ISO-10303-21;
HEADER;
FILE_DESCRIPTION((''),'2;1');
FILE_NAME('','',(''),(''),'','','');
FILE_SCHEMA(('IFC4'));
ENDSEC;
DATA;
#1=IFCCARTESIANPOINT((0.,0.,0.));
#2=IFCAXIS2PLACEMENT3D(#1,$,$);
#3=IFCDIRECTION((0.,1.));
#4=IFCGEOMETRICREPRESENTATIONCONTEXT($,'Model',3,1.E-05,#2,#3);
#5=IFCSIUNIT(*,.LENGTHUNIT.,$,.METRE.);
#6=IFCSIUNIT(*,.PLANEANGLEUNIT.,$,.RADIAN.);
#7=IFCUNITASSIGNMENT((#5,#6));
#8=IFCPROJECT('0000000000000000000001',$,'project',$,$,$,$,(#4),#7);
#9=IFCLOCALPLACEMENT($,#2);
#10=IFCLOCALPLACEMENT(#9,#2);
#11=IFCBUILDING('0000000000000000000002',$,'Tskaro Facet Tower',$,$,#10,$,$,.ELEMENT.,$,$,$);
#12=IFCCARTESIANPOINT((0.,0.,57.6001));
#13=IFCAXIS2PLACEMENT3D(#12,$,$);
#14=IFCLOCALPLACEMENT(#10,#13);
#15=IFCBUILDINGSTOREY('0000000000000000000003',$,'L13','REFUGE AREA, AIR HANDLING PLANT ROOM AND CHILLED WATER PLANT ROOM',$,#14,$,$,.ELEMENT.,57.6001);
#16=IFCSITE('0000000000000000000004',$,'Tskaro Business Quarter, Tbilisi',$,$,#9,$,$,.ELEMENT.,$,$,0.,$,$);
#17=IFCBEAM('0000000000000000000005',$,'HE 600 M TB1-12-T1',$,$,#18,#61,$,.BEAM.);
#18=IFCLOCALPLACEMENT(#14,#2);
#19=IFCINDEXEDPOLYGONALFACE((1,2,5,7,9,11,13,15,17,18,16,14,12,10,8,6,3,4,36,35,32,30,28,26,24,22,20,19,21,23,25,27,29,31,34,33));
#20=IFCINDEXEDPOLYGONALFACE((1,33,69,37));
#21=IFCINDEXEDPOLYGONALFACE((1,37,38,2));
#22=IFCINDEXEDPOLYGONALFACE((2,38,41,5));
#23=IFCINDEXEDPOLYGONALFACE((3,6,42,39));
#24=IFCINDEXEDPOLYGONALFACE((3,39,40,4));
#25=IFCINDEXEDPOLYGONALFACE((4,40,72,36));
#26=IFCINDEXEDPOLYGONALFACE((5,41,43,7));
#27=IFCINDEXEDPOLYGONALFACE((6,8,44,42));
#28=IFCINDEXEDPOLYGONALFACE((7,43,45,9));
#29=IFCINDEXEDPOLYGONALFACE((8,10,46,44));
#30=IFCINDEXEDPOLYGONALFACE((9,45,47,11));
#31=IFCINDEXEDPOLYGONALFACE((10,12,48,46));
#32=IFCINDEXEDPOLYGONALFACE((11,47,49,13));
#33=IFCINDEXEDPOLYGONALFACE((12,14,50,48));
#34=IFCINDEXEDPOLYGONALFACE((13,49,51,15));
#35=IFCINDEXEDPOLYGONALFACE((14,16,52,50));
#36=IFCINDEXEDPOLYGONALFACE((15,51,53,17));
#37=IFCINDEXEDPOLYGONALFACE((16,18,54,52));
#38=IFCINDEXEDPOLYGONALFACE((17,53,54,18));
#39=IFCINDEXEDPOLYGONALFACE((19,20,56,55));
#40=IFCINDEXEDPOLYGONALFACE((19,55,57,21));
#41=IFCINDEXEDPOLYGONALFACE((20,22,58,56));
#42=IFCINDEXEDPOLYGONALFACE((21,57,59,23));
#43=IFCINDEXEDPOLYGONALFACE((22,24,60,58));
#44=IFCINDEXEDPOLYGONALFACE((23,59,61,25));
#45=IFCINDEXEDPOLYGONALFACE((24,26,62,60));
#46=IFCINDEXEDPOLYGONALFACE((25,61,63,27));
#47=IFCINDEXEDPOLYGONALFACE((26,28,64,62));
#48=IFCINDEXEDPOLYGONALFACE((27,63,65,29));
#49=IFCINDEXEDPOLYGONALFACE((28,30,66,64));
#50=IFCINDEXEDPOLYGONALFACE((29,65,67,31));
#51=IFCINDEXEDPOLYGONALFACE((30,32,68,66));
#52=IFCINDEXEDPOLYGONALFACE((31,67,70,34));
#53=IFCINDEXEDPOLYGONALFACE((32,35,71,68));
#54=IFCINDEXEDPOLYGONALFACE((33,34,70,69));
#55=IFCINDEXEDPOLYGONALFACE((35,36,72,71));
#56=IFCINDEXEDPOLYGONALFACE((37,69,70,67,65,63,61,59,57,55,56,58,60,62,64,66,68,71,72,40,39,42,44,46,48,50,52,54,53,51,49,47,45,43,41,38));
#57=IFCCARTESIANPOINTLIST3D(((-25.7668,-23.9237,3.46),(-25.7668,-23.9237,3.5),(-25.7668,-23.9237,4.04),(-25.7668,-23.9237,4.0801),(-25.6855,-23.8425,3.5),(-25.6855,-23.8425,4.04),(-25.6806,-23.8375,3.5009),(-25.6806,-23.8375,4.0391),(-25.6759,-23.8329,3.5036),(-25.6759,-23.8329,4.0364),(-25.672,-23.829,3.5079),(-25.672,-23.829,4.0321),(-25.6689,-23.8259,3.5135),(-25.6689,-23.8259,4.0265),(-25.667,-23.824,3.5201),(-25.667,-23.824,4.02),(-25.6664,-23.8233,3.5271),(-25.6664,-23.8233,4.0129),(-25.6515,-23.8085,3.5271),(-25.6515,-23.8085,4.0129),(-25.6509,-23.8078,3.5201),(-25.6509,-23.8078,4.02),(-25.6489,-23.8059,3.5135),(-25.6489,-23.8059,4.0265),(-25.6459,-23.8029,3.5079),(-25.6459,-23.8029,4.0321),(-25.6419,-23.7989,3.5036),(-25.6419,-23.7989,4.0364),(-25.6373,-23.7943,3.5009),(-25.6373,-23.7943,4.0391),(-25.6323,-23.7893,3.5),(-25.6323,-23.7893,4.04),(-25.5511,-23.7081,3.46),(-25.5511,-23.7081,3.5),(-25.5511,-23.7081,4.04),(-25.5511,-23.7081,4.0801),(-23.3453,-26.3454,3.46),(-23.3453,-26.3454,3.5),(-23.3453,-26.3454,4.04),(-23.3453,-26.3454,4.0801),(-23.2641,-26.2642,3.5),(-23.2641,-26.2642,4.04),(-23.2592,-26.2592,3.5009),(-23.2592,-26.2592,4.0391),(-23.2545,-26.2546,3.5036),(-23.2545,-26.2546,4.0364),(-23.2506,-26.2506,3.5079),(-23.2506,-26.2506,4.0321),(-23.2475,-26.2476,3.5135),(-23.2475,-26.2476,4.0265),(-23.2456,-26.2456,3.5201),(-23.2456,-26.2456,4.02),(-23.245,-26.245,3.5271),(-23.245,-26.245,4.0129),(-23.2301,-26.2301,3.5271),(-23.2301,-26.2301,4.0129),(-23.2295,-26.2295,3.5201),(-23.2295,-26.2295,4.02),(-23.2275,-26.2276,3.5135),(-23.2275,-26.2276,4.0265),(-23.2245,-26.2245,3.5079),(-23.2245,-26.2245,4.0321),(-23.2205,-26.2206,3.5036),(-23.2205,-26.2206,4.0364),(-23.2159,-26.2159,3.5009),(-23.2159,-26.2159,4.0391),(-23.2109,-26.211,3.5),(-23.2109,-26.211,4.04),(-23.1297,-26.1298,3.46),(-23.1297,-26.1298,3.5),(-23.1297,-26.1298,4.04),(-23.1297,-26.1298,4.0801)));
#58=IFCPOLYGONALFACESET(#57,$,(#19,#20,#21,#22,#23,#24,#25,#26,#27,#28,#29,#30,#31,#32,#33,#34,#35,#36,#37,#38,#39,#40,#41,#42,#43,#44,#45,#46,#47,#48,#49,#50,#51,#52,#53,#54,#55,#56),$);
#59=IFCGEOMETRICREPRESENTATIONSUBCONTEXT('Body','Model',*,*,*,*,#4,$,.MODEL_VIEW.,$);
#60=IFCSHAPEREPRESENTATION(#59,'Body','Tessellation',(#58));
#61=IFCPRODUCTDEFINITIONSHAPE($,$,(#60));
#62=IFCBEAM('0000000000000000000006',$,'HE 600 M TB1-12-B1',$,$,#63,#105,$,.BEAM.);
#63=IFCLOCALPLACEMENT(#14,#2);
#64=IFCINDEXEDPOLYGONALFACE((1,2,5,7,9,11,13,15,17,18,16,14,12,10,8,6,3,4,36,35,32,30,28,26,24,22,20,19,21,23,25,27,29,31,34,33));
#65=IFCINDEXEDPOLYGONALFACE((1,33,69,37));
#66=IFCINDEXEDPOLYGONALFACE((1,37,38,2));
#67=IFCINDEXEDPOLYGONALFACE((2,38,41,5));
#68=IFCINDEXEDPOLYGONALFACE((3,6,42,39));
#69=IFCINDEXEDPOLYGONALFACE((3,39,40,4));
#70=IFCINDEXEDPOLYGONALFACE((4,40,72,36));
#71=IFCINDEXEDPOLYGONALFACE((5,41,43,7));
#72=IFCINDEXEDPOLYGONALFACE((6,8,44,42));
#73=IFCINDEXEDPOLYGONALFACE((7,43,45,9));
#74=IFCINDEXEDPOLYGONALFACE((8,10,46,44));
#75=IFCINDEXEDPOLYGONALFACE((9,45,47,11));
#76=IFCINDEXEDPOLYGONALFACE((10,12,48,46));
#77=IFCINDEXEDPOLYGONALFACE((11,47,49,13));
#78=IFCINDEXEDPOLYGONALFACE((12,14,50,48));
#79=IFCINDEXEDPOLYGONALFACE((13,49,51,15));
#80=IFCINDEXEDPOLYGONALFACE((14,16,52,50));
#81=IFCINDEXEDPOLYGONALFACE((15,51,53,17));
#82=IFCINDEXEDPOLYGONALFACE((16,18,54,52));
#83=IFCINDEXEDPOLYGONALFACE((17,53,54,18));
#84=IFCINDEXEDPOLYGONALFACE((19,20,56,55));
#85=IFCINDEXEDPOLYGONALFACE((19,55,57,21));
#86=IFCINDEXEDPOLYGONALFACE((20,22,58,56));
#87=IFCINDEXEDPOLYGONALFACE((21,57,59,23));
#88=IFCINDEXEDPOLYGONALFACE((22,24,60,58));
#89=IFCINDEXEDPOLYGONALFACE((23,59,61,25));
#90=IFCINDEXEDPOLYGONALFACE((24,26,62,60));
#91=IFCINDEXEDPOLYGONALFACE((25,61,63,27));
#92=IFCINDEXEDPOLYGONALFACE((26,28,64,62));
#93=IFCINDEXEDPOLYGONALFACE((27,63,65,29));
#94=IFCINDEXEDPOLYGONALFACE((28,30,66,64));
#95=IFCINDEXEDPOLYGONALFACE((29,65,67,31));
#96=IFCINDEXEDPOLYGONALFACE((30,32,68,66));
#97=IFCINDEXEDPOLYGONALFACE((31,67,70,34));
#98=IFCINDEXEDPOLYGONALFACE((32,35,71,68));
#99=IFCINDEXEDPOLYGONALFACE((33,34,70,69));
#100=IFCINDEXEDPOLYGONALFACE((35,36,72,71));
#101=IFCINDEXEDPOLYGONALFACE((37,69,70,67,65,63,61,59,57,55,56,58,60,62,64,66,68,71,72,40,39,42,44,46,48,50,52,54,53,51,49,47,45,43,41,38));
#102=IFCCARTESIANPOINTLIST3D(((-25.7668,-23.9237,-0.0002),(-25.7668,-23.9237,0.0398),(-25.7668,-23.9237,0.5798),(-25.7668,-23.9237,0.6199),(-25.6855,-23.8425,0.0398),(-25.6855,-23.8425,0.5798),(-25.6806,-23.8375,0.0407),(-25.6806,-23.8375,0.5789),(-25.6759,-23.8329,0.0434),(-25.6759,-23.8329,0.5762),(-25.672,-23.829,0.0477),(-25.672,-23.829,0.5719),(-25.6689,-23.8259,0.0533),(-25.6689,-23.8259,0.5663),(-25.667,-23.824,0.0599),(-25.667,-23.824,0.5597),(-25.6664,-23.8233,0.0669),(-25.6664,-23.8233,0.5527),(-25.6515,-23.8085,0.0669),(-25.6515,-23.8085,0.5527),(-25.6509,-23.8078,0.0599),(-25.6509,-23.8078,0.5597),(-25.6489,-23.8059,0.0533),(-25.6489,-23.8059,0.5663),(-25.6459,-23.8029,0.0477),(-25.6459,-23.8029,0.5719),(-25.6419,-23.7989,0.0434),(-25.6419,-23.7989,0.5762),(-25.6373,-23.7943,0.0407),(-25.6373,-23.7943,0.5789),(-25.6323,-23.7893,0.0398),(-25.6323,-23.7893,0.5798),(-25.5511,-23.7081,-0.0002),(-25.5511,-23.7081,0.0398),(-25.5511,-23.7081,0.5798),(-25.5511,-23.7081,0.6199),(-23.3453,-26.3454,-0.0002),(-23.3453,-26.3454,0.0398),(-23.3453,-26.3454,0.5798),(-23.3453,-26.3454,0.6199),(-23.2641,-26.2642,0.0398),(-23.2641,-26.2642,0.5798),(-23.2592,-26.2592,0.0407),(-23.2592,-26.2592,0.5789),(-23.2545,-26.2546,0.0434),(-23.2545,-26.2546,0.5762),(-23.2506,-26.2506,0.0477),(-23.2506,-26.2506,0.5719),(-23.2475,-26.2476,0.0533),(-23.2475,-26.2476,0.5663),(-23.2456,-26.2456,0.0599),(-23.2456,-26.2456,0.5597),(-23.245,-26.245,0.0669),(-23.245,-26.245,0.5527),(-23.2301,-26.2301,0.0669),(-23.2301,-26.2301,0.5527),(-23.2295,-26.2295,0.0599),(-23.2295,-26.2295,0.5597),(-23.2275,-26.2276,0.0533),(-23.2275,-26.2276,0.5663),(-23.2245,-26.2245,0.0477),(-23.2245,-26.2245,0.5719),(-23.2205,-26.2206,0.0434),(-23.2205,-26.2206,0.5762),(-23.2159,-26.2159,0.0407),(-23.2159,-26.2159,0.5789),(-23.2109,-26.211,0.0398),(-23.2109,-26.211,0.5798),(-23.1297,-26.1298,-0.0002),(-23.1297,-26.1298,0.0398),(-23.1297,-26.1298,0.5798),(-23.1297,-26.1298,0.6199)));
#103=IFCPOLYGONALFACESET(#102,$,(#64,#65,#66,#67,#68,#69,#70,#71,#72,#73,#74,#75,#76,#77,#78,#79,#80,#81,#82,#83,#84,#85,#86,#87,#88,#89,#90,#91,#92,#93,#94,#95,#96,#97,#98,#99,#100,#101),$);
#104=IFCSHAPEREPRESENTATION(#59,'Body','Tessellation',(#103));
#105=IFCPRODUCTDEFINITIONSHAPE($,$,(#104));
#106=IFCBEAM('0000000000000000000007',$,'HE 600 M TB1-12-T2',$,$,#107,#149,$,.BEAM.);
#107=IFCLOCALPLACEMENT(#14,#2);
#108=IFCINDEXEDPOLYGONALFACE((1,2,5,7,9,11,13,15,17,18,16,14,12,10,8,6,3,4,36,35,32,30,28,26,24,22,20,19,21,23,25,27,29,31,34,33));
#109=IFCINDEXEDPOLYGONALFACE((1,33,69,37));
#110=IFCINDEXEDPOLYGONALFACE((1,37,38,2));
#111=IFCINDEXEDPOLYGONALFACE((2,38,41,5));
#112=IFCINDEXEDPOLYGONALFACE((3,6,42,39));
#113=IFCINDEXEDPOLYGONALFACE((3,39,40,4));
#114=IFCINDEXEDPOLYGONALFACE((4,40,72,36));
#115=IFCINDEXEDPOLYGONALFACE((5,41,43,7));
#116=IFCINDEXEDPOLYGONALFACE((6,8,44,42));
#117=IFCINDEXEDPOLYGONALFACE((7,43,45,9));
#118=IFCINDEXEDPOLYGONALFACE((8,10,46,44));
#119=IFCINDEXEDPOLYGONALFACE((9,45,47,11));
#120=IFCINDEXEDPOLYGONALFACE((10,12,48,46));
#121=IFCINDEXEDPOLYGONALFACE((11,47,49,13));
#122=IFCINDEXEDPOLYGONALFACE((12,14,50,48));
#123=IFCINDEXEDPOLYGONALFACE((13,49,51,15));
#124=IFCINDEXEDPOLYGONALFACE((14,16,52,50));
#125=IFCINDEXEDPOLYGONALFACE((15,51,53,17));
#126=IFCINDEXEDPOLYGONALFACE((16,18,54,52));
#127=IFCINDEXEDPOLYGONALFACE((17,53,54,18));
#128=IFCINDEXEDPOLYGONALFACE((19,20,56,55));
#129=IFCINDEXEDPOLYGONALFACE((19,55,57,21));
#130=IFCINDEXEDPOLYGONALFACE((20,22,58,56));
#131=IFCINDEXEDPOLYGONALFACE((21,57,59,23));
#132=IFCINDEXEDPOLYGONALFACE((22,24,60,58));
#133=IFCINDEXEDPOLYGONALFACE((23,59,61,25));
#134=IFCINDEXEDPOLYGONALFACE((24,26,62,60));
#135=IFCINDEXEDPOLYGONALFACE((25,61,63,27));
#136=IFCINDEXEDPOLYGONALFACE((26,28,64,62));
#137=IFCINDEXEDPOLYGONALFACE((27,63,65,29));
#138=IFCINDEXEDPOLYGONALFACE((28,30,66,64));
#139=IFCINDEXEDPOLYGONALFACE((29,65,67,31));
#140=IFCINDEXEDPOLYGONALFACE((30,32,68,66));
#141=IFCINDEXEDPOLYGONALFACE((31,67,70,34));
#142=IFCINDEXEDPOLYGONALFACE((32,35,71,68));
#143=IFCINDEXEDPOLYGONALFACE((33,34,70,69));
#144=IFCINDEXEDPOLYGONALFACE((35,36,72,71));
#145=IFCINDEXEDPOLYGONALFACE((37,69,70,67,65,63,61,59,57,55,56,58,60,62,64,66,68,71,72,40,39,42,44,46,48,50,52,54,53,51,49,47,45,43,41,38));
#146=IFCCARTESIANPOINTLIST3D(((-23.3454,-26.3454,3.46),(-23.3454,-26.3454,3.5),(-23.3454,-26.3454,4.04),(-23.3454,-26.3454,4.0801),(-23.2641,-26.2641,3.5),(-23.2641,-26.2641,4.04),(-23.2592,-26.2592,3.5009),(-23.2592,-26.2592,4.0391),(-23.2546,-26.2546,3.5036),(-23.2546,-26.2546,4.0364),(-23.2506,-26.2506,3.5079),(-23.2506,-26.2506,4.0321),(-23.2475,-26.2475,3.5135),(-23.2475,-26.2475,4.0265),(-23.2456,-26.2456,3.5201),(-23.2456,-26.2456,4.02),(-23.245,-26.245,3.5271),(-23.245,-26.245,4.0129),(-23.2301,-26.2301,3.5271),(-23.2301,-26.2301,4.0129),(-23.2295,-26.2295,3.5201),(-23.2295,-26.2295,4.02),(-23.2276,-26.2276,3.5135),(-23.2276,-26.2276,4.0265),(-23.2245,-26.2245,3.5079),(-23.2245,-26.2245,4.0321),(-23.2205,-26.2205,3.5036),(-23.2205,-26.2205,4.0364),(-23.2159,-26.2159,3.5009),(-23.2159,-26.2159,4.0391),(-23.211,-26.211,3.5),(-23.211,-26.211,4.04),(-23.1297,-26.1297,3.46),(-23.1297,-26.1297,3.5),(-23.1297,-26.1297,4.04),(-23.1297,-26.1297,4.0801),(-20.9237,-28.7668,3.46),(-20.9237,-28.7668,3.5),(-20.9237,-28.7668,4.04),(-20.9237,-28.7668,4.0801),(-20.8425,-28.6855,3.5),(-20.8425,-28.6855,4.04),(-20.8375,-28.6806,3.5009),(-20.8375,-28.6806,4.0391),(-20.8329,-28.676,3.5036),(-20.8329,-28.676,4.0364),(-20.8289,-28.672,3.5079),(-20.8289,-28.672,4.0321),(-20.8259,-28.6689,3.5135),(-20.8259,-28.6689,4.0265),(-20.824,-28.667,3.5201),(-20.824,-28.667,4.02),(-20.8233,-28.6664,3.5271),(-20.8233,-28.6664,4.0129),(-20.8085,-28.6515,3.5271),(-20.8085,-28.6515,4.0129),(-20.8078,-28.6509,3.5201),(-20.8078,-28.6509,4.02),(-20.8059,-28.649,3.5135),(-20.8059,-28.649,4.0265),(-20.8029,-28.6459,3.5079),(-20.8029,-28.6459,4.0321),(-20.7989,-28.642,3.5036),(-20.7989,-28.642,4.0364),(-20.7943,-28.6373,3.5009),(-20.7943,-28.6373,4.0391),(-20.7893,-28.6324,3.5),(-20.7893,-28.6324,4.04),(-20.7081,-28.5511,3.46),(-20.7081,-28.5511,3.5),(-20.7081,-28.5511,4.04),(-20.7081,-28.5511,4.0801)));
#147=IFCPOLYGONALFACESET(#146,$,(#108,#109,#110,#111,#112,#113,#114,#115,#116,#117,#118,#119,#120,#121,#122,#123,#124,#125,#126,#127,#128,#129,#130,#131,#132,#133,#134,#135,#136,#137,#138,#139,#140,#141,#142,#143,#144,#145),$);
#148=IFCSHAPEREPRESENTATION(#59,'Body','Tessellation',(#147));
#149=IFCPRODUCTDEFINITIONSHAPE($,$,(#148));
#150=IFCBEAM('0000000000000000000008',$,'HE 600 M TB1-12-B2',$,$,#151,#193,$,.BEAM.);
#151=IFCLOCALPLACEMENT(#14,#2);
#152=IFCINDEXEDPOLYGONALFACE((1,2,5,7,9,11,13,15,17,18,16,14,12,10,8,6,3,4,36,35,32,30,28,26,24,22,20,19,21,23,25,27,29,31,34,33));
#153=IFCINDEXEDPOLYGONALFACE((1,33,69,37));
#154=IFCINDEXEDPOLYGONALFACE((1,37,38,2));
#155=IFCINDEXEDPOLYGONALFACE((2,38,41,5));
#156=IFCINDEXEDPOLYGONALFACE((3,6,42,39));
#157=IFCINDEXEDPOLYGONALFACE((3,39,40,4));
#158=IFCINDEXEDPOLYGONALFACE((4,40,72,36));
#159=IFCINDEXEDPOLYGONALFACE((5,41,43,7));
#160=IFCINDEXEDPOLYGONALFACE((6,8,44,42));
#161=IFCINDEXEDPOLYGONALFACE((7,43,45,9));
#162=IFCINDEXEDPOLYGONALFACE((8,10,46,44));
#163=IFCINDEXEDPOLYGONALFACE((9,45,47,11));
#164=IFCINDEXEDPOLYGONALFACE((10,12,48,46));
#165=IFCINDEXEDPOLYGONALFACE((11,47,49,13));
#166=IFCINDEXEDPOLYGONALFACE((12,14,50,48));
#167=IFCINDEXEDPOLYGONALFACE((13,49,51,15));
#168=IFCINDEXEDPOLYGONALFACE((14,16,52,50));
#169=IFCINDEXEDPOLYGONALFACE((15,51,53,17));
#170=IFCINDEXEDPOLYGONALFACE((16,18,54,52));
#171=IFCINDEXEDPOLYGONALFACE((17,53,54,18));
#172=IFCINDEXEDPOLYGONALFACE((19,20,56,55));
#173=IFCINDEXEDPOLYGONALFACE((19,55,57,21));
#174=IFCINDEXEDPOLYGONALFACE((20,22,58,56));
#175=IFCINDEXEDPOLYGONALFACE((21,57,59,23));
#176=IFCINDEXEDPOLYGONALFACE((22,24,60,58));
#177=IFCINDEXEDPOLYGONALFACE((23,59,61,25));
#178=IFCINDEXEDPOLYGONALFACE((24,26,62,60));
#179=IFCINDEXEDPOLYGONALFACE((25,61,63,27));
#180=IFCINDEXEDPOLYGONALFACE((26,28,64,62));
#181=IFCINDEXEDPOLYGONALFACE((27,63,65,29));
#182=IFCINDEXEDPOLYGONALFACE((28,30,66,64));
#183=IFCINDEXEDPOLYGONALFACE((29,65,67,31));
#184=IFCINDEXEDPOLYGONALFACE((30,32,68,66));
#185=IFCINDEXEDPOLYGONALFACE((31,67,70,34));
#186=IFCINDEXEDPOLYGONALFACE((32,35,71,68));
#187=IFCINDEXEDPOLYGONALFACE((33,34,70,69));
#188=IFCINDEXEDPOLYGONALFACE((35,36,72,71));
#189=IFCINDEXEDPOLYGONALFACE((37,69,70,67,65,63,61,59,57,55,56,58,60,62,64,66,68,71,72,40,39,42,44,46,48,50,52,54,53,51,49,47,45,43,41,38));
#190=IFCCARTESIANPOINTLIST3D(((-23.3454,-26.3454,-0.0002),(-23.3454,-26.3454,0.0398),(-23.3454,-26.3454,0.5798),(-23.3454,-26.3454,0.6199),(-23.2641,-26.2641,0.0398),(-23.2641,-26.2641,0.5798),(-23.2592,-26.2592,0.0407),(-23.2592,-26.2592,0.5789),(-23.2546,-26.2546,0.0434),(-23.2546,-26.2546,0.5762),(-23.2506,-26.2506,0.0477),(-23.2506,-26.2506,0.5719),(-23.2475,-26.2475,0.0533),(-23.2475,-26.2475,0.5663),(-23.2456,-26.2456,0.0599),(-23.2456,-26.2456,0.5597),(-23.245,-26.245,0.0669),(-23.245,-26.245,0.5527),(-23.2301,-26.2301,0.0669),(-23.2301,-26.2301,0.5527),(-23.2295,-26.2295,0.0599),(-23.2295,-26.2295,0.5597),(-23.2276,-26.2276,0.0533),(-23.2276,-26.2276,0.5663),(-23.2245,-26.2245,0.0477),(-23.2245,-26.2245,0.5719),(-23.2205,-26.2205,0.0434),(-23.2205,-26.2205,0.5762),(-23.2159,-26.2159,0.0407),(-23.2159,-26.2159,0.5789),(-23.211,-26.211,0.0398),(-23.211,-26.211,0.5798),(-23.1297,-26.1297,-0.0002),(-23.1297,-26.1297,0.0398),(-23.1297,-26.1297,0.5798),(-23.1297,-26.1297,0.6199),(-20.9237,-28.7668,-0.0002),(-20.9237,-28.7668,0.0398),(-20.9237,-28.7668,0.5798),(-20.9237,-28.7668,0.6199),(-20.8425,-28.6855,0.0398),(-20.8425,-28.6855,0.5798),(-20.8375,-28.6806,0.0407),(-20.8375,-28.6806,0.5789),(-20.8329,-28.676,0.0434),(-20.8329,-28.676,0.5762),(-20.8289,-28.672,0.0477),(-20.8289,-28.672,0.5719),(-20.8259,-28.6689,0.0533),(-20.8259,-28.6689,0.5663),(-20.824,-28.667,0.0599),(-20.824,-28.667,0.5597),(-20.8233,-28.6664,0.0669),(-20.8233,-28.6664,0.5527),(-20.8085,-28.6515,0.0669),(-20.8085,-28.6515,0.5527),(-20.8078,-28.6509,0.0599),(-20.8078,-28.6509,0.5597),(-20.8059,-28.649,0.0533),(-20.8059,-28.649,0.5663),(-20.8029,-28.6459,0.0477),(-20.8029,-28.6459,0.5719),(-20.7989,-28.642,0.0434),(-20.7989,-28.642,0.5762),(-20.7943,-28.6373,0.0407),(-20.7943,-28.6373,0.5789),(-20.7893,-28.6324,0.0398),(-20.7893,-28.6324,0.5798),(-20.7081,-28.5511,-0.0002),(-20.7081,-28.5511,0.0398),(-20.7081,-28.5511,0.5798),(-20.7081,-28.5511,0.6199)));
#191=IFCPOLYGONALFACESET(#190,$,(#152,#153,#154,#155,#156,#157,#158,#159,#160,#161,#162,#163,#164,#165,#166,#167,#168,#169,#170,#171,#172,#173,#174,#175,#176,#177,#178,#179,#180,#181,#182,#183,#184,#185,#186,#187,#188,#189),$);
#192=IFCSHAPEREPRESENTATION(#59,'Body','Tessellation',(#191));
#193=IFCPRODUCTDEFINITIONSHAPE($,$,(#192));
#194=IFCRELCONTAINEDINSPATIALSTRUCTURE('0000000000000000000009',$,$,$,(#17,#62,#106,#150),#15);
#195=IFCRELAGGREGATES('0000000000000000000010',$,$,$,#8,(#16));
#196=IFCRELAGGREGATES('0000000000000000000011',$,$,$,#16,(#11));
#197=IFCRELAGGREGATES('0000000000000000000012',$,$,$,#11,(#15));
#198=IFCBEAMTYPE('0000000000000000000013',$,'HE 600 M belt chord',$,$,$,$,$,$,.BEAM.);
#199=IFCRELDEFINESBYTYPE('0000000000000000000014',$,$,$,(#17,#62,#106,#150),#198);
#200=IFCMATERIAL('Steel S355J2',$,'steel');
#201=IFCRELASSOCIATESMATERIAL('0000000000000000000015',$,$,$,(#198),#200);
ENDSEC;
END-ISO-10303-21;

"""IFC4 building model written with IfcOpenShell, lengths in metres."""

from ifc_helpers import new_model, si_unit, direction, frame, origin, origin_2d, place, context, subcontext, project, spatial, i_section, extrude, material, material_profile, profile_set, type_object, element, save


model = new_model("IFC4")

# Units and contexts
model_context = context("Model", 3, precision=1e-05, world=origin(), true_north=direction((0.0, 1.0)))
body_context = subcontext(model_context, "Body", "Model", "MODEL_VIEW")
ifc_project = project(units=[si_unit("LENGTHUNIT", "METRE"), si_unit("PLANEANGLEUNIT", "RADIAN")], contexts=[model_context])

# Site, building, storey
site_placement = place(None, origin())
site = spatial("IfcSite", under=ifc_project, at=site_placement, Name="Tskaro Business Quarter, Tbilisi", CompositionType="ELEMENT", RefElevation=0.0)
building_placement = place(site_placement, origin())
building = spatial("IfcBuilding", under=site, at=building_placement, Name="Tskaro Facet Tower", CompositionType="ELEMENT")
storey_placement = place(building_placement, frame((0.0, 0.0, 57.6001)))
storey = spatial("IfcBuildingStorey", under=building, at=storey_placement, Name="L13", Description="REFUGE AREA, AIR HANDLING PLANT ROOM AND CHILLED WATER PLANT ROOM", CompositionType="ELEMENT", Elevation=57.6001)

# Shared definitions
ifc_material_1 = material(Name="Steel S355J2", Category="steel")

# Beams
ifc_material_profile_1 = material_profile(ifc_material_1, i_section(OverallWidth=0.3049, OverallDepth=0.6201, WebThickness=0.021, FlangeThickness=0.04, FilletRadius=0.0271, at=origin_2d()), Name="HE 600 M")
ifc_profile_set_1 = profile_set([ifc_material_profile_1], Name="Steel S355J2")
beam_type_1 = type_object("IfcBeamType", Name="HE 600 M belt chord", PredefinedType="BEAM", material=ifc_profile_set_1)
for number, where, z_axis, x_axis, name in (
    (1, (-25.6589, -23.8159, 3.77), (0.707071, -0.707142, 0.0), (0.707142, 0.707071, 0.0), "HE 600 M TB1-12-T1"),
    (2, (-25.6589, -23.8159, 0.3098), (0.707071, -0.707142, 0.0), (0.707142, 0.707071, 0.0), "HE 600 M TB1-12-B1"),
    (3, (-23.2375, -26.2375, 3.77), (0.707142, -0.707071, 0.0), (0.707071, 0.707142, 0.0), "HE 600 M TB1-12-T2"),
    (4, (-23.2375, -26.2375, 0.3098), (0.707142, -0.707071, 0.0), (0.707071, 0.707142, 0.0), "HE 600 M TB1-12-B2"),
):
    element("IfcBeam", number, at=place(storey_placement, frame(where, z_axis=z_axis, x_axis=x_axis)), inside=storey, type_object=beam_type_1, Name=name, PredefinedType="BEAM", context=body_context, shape_type="SweptSolid", body=[
        extrude(i_section(OverallWidth=0.3049, OverallDepth=0.6201, WebThickness=0.021, FlangeThickness=0.04, FilletRadius=0.0271, at=origin_2d()), origin(), (0.0, 0.0, 1.0), 3.4246),
    ])

save(model, "model.ifc")
